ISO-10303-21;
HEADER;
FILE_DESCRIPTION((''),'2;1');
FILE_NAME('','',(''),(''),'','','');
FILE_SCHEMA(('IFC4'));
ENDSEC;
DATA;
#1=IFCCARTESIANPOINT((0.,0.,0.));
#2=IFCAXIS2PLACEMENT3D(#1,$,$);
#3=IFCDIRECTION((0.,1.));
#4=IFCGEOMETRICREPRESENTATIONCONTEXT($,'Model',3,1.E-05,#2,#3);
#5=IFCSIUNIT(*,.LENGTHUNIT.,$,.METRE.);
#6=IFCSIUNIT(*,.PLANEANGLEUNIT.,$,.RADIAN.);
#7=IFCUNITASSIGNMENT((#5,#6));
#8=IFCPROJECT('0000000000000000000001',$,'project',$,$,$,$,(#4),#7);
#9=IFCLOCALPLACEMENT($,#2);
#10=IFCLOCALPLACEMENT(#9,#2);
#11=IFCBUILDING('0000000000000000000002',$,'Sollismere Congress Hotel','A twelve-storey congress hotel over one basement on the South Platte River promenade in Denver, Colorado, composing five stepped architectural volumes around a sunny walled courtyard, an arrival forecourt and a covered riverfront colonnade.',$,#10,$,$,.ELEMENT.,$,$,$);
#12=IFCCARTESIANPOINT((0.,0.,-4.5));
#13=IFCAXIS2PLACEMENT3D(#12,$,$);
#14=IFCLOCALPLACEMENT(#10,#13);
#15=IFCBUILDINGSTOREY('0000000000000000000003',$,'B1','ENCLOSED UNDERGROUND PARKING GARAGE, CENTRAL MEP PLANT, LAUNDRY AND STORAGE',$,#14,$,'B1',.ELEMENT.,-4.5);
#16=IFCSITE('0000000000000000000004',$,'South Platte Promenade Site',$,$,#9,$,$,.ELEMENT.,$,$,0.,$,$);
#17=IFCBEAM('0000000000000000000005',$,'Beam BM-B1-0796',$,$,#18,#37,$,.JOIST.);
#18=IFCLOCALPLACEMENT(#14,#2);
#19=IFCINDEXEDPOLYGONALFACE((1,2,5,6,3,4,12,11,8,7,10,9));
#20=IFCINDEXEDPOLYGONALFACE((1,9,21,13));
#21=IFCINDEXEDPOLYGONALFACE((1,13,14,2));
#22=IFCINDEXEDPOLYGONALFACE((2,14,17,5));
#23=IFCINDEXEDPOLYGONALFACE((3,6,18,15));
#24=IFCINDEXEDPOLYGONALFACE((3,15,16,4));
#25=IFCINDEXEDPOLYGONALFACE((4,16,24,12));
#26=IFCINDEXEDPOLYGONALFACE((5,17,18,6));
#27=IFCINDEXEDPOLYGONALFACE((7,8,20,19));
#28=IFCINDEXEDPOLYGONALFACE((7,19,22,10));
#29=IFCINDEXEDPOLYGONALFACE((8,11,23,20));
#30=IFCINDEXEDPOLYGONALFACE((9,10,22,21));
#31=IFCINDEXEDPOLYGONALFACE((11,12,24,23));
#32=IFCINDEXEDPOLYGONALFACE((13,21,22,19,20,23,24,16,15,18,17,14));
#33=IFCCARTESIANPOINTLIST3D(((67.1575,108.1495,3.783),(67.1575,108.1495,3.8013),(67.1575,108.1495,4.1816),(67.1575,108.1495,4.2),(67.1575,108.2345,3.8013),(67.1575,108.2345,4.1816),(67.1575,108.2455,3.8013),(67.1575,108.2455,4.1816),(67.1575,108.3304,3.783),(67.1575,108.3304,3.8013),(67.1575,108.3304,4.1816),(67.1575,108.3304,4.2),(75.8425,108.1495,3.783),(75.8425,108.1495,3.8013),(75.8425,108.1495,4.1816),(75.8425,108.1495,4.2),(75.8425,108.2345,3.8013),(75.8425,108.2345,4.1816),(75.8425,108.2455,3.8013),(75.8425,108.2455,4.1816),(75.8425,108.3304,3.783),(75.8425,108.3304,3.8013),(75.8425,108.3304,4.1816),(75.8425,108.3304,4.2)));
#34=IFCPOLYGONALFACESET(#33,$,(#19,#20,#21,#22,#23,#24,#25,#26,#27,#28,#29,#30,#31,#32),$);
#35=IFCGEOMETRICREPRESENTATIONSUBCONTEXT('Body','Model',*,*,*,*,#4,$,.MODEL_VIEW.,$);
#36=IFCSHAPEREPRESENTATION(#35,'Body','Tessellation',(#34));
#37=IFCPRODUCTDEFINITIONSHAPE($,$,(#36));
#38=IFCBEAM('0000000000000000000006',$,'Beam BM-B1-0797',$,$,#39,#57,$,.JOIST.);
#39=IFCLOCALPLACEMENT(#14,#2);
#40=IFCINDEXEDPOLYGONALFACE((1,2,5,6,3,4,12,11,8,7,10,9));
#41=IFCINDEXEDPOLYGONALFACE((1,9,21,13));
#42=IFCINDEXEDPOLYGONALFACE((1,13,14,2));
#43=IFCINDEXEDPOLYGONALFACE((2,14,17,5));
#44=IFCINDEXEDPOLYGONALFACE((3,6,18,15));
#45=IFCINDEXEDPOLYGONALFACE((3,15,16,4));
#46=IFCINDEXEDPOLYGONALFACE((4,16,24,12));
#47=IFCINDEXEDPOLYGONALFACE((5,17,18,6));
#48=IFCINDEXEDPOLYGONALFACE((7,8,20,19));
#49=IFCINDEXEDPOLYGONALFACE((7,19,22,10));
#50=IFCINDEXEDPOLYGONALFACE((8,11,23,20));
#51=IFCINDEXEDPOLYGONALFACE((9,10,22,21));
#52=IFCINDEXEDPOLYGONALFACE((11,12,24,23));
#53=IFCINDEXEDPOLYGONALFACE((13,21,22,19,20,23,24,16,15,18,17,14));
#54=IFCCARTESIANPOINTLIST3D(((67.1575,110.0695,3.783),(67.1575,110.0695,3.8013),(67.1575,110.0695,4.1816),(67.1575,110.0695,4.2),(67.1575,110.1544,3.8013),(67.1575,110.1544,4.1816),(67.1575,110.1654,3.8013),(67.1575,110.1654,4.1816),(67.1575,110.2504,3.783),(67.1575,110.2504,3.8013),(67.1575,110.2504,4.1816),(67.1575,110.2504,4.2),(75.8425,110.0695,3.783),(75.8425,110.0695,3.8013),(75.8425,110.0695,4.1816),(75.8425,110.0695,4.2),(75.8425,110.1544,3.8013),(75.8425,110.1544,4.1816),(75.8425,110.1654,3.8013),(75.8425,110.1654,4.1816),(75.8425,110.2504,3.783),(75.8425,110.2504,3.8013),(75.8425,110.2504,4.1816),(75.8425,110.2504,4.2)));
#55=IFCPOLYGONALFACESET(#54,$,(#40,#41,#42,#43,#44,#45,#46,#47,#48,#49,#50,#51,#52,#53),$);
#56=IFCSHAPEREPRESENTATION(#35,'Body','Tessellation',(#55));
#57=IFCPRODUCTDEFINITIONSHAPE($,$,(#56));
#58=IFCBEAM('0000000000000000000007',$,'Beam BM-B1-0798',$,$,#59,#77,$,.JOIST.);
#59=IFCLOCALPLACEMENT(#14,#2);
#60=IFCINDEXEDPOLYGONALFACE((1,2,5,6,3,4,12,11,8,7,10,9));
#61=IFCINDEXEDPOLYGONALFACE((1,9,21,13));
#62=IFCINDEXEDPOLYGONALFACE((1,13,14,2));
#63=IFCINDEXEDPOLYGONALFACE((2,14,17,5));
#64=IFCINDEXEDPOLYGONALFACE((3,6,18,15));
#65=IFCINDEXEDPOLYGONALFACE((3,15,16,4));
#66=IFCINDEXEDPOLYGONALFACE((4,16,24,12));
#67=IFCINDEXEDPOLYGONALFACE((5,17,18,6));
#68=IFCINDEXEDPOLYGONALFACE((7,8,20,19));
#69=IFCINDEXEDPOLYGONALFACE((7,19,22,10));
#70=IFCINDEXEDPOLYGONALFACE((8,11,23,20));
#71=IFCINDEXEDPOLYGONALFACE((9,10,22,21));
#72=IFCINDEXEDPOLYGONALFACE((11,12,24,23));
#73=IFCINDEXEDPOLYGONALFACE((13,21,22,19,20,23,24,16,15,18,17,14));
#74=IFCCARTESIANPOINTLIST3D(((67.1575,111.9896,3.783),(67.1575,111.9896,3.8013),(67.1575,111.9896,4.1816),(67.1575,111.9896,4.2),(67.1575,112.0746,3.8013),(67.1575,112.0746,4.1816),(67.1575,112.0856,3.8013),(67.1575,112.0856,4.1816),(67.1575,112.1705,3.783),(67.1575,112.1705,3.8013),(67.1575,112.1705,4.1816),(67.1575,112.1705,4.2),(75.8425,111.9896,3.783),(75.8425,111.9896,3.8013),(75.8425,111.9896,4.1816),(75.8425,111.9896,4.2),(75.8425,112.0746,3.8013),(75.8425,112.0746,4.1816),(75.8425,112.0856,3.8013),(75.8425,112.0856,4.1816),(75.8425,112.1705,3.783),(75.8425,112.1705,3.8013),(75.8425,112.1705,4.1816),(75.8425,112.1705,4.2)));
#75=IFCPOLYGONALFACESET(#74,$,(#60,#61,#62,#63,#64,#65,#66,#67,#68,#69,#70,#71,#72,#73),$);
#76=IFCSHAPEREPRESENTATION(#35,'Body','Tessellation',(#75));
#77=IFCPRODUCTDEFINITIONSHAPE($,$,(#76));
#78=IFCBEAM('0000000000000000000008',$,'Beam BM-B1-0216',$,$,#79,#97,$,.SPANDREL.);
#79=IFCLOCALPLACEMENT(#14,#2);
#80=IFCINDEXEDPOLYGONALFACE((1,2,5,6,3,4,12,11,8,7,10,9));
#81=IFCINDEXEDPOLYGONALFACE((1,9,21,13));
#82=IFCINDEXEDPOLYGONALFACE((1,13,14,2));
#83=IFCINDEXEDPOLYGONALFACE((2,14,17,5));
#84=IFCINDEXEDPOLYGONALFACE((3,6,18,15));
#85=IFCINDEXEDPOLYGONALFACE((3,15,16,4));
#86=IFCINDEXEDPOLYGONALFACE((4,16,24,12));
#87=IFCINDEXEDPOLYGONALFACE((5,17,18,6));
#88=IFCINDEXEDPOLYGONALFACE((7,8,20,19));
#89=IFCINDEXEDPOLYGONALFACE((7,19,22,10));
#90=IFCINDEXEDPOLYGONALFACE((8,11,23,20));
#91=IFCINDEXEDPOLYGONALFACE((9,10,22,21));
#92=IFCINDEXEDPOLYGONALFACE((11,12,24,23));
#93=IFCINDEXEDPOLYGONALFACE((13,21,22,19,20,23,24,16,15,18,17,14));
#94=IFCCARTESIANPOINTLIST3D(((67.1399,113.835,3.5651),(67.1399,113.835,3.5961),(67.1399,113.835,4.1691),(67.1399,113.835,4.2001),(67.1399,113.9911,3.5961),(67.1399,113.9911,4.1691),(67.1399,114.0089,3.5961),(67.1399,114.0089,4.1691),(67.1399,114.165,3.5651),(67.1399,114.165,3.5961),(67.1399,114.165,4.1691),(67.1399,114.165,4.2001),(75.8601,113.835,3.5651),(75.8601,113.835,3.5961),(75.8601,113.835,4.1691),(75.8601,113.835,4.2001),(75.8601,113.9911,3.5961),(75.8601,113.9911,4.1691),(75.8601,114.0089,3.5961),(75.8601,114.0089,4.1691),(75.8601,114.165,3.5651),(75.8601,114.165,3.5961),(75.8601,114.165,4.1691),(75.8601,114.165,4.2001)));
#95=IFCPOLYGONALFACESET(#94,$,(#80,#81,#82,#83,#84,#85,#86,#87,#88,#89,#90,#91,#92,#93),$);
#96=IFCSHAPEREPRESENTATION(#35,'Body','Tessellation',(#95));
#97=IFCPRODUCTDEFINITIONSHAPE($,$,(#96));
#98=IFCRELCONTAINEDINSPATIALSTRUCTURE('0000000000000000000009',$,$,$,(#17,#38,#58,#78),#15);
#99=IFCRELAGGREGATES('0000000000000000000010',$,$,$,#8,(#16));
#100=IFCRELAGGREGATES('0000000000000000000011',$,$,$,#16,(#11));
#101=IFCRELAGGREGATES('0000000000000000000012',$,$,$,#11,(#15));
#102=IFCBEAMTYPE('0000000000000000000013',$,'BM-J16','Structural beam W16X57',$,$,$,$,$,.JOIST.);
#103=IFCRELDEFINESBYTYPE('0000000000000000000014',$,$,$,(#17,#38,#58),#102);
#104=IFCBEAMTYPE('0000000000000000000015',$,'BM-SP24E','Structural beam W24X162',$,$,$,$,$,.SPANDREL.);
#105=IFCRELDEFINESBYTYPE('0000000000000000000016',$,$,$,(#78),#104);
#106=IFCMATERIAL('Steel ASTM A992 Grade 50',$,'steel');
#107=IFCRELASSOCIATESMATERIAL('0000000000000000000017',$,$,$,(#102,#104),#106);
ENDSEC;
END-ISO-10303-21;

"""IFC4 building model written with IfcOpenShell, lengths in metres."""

from ifc_helpers import new_model, si_unit, direction, frame, origin, origin_2d, place, context, subcontext, project, spatial, i_section, extrude, material, material_profile, profile_set, type_object, element, save


model = new_model("IFC4")

# Units and contexts
model_context = context("Model", 3, precision=1e-05, world=origin(), true_north=direction((0.0, 1.0)))
body_context = subcontext(model_context, "Body", "Model", "MODEL_VIEW")
ifc_project = project(units=[si_unit("LENGTHUNIT", "METRE"), si_unit("PLANEANGLEUNIT", "RADIAN")], contexts=[model_context])

# Site, building, storey
site_placement = place(None, origin())
site = spatial("IfcSite", under=ifc_project, at=site_placement, Name="South Platte Promenade Site", CompositionType="ELEMENT", RefElevation=0.0)
building_placement = place(site_placement, origin())
building = spatial("IfcBuilding", under=site, at=building_placement, Name="Sollismere Congress Hotel", Description="A twelve-storey congress hotel over one basement on the South Platte River promenade in Denver, Colorado, composing five stepped architectural volumes around a sunny walled courtyard, an arrival forecourt and a covered riverfront colonnade.", CompositionType="ELEMENT")
storey_placement = place(building_placement, frame((0.0, 0.0, -4.5)))
storey = spatial("IfcBuildingStorey", under=building, at=storey_placement, Name="B1", Description="ENCLOSED UNDERGROUND PARKING GARAGE, CENTRAL MEP PLANT, LAUNDRY AND STORAGE", LongName="B1", CompositionType="ELEMENT", Elevation=-4.5)

# Beams
ifc_material_1 = material(Name="Steel ASTM A992 Grade 50", Category="steel")
ifc_material_profile_1 = material_profile(ifc_material_1, i_section(OverallWidth=0.1809, OverallDepth=0.417, WebThickness=0.011, FlangeThickness=0.0183, at=origin_2d()), Name="W16X57")
ifc_profile_set_1 = profile_set([ifc_material_profile_1], Name="Steel ASTM A992 Grade 50")
beam_type_1 = type_object("IfcBeamType", Name="BM-J16", Description="Structural beam W16X57", PredefinedType="JOIST", material=ifc_profile_set_1)
for number, where, z_axis, x_axis, name in (
    (1, (67.1575, 108.24, 3.9915), (1.0, 0.0, 0.0), (0.0, 1.0, 0.0), "Beam BM-B1-0796"),
    (2, (67.1575, 110.1599, 3.9915), (1.0, 0.0, 0.0), (0.0, 1.0, 0.0), "Beam BM-B1-0797"),
    (3, (67.1575, 112.0801, 3.9915), (1.0, 0.0, 0.0), (0.0, 1.0, 0.0), "Beam BM-B1-0798"),
):
    element("IfcBeam", number, at=place(storey_placement, frame(where, z_axis=z_axis, x_axis=x_axis)), inside=storey, type_object=beam_type_1, Name=name, PredefinedType="JOIST", context=body_context, shape_type="SweptSolid", body=[
        extrude(i_section(OverallWidth=0.1809, OverallDepth=0.417, WebThickness=0.011, FlangeThickness=0.0183, at=origin_2d()), origin(), (0.0, 0.0, 1.0), 8.6851),
    ])
ifc_material_profile_2 = material_profile(ifc_material_1, i_section(OverallWidth=0.3301, OverallDepth=0.635, WebThickness=0.0178, FlangeThickness=0.031, at=origin_2d()), Name="W24X162")
ifc_profile_set_2 = profile_set([ifc_material_profile_2], Name="Steel ASTM A992 Grade 50")
beam_type_2 = type_object("IfcBeamType", Name="BM-SP24E", Description="Structural beam W24X162", PredefinedType="SPANDREL", material=ifc_profile_set_2)
beam_placement = place(storey_placement, frame((67.1399, 114.0, 3.8826), z_axis=(1.0, 0.0, 0.0), x_axis=(0.0, 1.0, 0.0)))
element("IfcBeam", 4, at=beam_placement, inside=storey, type_object=beam_type_2, Name="Beam BM-B1-0216", PredefinedType="SPANDREL", context=body_context, shape_type="SweptSolid", body=[
    extrude(i_section(OverallWidth=0.3301, OverallDepth=0.635, WebThickness=0.0178, FlangeThickness=0.031, at=origin_2d()), origin(), (0.0, 0.0, 1.0), 8.7202),
])

save(model, "model.ifc")
